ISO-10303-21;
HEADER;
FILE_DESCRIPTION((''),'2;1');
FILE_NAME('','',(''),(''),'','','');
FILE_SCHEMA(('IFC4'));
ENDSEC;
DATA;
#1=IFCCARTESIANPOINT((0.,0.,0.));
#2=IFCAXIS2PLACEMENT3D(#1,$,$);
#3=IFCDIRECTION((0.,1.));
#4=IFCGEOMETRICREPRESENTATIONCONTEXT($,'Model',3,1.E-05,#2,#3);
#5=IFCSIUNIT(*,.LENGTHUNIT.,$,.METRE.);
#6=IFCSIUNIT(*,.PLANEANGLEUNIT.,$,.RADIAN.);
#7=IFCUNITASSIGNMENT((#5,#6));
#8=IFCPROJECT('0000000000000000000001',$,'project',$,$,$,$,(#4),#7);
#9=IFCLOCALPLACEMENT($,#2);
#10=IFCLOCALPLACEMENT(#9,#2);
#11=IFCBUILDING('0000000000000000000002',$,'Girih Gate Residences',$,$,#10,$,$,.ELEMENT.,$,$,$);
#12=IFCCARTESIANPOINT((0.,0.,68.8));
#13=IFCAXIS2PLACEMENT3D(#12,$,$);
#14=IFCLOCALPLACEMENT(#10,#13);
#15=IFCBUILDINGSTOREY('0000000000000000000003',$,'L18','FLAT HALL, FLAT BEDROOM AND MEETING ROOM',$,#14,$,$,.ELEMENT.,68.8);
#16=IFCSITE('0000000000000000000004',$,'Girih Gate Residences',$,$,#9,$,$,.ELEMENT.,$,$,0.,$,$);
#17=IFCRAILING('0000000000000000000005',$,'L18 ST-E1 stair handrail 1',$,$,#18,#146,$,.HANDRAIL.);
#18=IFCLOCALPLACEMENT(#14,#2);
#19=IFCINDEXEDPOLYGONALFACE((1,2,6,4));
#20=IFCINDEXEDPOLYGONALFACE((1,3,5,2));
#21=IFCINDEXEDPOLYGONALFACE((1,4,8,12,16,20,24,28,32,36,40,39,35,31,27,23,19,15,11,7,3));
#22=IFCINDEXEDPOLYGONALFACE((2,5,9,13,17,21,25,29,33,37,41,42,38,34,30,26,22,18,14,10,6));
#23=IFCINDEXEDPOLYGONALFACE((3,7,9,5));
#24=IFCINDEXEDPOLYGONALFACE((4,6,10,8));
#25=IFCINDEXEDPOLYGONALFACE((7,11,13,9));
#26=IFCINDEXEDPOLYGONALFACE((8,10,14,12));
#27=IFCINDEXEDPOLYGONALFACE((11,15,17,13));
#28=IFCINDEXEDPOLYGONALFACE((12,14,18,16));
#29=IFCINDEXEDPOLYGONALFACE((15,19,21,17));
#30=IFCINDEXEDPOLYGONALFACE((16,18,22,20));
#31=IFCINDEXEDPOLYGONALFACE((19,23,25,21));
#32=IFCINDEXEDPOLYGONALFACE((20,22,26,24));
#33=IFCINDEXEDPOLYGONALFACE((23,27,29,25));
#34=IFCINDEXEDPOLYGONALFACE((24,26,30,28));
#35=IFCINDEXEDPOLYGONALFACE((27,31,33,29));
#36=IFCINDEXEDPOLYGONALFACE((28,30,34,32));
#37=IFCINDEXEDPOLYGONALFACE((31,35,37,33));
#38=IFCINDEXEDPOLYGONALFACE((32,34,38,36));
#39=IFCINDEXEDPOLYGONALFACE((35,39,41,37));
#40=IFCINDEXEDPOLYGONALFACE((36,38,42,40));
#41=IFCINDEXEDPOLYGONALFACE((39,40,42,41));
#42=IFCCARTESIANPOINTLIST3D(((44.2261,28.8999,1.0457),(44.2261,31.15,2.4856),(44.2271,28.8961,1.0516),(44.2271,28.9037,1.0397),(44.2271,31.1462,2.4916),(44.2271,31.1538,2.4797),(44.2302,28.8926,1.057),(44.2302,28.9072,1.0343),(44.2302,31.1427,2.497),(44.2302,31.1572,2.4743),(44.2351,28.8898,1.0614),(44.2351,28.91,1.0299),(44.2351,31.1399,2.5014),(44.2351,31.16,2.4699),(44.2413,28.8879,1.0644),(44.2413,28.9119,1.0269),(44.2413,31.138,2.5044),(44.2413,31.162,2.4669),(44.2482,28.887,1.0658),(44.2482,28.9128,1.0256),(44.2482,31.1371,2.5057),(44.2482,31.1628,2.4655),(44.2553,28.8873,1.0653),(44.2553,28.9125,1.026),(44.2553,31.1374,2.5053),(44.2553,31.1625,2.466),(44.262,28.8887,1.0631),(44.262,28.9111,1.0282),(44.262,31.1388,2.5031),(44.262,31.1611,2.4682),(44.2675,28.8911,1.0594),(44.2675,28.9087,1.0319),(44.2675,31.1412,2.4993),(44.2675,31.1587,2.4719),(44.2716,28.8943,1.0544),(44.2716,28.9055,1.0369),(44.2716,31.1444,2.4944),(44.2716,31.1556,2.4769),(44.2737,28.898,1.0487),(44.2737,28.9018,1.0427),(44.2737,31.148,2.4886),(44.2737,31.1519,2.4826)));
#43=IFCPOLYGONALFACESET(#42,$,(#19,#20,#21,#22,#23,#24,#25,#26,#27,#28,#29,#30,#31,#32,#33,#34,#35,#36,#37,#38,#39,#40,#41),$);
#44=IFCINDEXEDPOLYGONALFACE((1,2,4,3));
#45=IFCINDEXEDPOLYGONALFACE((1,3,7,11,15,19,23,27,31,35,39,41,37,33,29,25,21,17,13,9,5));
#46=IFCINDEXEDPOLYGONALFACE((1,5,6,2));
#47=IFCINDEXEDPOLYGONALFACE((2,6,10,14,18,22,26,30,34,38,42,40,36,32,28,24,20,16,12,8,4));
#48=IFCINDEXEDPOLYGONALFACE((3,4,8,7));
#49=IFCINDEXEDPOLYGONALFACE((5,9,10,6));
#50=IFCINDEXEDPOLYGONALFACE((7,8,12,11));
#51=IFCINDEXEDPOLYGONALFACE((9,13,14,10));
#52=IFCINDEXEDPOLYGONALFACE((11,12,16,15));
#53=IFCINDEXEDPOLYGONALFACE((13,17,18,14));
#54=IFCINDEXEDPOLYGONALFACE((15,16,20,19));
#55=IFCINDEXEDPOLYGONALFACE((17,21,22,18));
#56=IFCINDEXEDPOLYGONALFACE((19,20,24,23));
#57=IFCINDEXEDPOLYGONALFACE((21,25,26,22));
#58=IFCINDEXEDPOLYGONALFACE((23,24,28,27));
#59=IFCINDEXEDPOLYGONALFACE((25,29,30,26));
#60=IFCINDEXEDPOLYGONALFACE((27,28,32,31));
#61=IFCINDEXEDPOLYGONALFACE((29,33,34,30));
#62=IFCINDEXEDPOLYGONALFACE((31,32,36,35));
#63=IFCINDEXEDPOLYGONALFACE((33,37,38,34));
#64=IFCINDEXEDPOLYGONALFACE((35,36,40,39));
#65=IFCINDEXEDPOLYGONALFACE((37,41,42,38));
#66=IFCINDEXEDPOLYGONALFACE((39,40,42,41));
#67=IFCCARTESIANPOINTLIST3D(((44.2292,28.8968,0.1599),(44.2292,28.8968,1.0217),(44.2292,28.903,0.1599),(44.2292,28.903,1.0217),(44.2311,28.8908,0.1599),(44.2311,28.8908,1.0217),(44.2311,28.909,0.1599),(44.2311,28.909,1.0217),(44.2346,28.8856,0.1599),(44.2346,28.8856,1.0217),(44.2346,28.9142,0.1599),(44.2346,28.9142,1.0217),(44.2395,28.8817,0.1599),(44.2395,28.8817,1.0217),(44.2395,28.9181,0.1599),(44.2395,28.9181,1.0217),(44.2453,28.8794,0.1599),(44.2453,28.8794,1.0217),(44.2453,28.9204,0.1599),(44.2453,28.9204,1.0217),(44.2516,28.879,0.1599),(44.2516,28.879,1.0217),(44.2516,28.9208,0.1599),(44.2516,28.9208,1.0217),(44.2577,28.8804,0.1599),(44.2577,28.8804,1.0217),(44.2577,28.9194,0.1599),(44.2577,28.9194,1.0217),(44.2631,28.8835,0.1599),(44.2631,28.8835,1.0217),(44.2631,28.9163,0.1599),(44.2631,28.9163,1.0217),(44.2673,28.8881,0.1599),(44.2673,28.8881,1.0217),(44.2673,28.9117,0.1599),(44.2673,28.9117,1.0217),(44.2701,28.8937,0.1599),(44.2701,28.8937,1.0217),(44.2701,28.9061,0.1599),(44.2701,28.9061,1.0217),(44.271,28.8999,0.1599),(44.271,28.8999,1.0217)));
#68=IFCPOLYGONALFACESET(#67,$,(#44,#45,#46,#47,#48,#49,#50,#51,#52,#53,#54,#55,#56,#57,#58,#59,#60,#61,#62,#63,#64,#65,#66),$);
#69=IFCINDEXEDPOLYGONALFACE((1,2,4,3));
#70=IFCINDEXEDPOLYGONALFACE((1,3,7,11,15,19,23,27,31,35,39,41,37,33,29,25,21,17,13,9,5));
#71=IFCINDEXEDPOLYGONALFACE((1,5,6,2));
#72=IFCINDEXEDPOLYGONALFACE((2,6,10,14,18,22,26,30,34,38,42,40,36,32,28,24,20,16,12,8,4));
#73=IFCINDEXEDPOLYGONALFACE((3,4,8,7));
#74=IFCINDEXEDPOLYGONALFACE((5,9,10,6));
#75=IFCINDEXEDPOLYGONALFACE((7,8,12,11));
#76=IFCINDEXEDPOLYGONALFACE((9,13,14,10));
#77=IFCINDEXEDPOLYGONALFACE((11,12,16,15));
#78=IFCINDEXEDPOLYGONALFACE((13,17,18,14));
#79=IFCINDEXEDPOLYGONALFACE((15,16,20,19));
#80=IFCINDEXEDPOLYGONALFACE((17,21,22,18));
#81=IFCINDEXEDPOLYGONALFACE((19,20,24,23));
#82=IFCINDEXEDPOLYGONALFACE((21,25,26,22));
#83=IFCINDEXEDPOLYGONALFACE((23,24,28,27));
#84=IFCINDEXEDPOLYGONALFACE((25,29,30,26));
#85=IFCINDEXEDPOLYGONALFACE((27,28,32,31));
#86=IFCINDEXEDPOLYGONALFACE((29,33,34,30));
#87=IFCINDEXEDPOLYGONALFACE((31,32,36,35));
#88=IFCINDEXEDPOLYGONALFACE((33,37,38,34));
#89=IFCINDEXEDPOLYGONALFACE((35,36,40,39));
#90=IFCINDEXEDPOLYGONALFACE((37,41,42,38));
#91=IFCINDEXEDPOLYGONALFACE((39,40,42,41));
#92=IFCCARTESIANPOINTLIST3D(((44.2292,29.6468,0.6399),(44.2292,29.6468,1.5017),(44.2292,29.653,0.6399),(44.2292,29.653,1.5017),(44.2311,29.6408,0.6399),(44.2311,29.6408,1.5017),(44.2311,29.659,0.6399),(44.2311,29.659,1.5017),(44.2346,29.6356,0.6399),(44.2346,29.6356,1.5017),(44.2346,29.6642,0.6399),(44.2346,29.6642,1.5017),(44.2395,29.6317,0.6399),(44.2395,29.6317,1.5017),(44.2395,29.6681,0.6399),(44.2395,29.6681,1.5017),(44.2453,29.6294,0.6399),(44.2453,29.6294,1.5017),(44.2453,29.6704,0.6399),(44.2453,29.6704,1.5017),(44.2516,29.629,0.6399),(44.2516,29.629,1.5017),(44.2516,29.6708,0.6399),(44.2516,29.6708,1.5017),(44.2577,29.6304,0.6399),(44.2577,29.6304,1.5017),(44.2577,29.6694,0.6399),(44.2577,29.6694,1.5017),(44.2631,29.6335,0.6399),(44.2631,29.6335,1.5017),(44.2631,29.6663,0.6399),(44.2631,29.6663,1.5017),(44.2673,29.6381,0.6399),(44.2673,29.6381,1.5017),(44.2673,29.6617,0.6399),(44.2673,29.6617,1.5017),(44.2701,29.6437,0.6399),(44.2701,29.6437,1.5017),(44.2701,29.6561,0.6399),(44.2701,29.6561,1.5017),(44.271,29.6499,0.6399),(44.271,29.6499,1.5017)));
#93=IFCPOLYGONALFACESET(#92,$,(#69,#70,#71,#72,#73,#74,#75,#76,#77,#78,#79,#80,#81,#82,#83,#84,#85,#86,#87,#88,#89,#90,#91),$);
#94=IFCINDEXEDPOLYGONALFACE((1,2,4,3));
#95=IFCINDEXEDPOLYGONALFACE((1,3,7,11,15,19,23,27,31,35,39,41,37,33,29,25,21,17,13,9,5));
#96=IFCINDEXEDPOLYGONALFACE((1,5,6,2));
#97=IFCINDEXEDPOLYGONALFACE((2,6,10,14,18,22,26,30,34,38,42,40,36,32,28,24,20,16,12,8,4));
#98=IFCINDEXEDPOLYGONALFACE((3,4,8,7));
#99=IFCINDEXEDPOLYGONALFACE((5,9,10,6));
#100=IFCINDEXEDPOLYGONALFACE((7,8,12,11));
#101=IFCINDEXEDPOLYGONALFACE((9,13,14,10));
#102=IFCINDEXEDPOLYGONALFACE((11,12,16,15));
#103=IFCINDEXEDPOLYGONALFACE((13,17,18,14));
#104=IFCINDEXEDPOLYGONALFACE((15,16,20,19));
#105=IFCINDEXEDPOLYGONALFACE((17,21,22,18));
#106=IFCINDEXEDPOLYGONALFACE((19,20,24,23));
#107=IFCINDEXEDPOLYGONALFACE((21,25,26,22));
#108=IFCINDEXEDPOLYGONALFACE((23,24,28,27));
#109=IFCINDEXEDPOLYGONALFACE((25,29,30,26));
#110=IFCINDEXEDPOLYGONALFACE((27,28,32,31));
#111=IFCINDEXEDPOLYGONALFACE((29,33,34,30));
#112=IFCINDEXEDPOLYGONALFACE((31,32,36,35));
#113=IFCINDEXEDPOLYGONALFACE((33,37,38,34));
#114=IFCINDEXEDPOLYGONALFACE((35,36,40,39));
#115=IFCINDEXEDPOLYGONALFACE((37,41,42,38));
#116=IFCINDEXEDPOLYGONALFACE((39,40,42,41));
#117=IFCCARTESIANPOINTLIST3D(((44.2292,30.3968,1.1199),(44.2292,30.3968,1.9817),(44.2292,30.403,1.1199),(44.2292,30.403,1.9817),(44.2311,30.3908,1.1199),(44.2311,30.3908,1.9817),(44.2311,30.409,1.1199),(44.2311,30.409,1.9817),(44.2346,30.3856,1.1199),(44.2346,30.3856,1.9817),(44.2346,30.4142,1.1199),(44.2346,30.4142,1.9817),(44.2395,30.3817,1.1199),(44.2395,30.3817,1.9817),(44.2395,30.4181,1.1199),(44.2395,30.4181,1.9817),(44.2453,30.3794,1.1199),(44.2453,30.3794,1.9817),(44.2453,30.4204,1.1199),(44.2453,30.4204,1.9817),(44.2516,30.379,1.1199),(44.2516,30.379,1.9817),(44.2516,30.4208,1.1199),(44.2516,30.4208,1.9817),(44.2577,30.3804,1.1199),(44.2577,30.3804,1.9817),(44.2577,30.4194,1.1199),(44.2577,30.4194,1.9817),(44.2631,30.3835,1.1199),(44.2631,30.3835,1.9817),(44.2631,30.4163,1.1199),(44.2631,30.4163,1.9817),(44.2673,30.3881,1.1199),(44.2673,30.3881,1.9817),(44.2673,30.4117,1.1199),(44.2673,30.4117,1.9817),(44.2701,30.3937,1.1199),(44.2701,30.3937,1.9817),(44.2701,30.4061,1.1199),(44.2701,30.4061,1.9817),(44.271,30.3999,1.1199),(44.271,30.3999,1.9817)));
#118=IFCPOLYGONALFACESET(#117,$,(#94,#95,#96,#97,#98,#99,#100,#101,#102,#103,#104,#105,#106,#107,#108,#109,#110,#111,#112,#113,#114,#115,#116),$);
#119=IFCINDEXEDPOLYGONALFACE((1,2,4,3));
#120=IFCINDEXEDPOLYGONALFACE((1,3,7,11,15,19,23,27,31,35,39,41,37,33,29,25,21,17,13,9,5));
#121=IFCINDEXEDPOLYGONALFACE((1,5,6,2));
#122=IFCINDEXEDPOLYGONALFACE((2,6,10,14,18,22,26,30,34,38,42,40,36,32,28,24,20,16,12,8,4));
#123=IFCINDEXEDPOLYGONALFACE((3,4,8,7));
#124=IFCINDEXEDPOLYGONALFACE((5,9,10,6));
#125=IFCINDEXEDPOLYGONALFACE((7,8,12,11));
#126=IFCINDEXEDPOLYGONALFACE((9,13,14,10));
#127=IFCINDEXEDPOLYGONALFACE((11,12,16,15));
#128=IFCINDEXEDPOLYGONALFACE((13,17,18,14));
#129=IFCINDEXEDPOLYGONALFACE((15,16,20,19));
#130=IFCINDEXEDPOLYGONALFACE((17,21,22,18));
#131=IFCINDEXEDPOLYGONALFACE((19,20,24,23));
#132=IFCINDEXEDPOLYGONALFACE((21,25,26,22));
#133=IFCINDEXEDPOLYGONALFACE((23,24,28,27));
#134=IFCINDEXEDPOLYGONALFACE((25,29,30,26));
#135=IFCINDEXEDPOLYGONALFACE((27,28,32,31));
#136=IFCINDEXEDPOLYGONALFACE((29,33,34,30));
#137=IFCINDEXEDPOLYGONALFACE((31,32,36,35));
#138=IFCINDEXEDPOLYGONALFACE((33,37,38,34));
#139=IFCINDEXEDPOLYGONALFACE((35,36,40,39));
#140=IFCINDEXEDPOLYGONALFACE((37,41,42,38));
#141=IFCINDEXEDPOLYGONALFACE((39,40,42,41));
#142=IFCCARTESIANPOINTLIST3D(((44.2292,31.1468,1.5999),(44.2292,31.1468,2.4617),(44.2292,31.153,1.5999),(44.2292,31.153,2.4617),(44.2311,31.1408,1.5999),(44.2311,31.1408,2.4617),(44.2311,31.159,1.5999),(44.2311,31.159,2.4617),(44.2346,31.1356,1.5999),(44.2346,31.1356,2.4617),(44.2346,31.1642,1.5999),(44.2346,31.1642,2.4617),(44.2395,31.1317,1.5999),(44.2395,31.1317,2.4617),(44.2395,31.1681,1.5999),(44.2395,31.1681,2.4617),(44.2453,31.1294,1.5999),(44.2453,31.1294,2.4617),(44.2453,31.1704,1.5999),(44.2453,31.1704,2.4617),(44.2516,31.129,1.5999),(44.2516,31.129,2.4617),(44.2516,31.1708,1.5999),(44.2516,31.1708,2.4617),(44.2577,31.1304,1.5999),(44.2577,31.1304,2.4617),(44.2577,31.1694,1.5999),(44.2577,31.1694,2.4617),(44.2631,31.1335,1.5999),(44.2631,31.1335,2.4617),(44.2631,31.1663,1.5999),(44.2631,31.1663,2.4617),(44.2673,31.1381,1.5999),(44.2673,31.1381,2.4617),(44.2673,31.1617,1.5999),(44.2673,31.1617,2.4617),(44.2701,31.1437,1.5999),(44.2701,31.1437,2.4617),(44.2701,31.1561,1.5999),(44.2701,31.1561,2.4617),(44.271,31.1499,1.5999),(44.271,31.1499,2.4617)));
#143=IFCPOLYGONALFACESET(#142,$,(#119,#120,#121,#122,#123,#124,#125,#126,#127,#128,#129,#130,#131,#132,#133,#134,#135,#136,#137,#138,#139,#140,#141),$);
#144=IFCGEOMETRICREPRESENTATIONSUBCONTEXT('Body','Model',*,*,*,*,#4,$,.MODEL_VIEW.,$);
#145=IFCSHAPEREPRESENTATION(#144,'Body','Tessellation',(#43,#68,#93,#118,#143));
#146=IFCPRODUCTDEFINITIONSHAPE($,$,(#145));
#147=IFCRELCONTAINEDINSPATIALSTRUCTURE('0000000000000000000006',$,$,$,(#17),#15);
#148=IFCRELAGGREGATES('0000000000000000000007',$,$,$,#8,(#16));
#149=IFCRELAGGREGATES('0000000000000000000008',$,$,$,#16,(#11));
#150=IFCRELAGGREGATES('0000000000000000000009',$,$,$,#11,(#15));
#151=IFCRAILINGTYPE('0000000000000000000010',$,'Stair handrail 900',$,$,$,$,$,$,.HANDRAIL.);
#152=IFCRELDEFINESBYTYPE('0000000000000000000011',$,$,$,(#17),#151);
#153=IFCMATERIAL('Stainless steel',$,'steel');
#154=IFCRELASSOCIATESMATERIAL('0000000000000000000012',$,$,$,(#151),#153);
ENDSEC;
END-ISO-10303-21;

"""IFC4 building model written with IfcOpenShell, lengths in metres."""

from ifc_helpers import new_model, si_unit, direction, frame, origin, origin_2d, place, context, subcontext, project, spatial, circle, extrude, material, type_object, element, save


model = new_model("IFC4")

# Units and contexts
model_context = context("Model", 3, precision=1e-05, world=origin(), true_north=direction((0.0, 1.0)))
body_context = subcontext(model_context, "Body", "Model", "MODEL_VIEW")
ifc_project = project(units=[si_unit("LENGTHUNIT", "METRE"), si_unit("PLANEANGLEUNIT", "RADIAN")], contexts=[model_context])

# Site, building, storey
site_placement = place(None, origin())
site = spatial("IfcSite", under=ifc_project, at=site_placement, Name="Girih Gate Residences", CompositionType="ELEMENT", RefElevation=0.0)
building_placement = place(site_placement, origin())
building = spatial("IfcBuilding", under=site, at=building_placement, Name="Girih Gate Residences", CompositionType="ELEMENT")
storey_placement = place(building_placement, frame((0.0, 0.0, 68.8)))
storey = spatial("IfcBuildingStorey", under=building, at=storey_placement, Name="L18", Description="FLAT HALL, FLAT BEDROOM AND MEETING ROOM", CompositionType="ELEMENT", Elevation=68.8)

# Railing
ifc_material_1 = material(Name="Stainless steel", Category="steel")
railing_type_1 = type_object("IfcRailingType", Name="Stair handrail 900", PredefinedType="HANDRAIL", material=ifc_material_1)
railing_1_placement = place(storey_placement, frame((44.25, 28.8999, 0.1599)))
element("IfcRailing", 1, at=railing_1_placement, inside=storey, type_object=railing_type_1, Name="L18 ST-E1 stair handrail 1", PredefinedType="HANDRAIL", context=body_context, shape_type="SweptSolid", body=[
    extrude(circle(Radius=0.0239, at=origin_2d()), frame((0.0, 0.0, 0.8857), z_axis=(0.0, 0.842281, 0.539038), x_axis=(-1.0, 0.0, 0.0)), (0.0, 0.0, 1.0), 2.6714),
    extrude(circle(Radius=0.021, at=origin_2d()), origin(), (0.0, 0.0, 1.0), 0.8618),
    extrude(circle(Radius=0.021, at=origin_2d()), frame((0.0, 0.75, 0.48)), (0.0, 0.0, 1.0), 0.8618),
    extrude(circle(Radius=0.021, at=origin_2d()), frame((0.0, 1.5, 0.96)), (0.0, 0.0, 1.0), 0.8618),
    extrude(circle(Radius=0.021, at=origin_2d()), frame((0.0, 2.25, 1.4399)), (0.0, 0.0, 1.0), 0.8618),
])

save(model, "model.ifc")
